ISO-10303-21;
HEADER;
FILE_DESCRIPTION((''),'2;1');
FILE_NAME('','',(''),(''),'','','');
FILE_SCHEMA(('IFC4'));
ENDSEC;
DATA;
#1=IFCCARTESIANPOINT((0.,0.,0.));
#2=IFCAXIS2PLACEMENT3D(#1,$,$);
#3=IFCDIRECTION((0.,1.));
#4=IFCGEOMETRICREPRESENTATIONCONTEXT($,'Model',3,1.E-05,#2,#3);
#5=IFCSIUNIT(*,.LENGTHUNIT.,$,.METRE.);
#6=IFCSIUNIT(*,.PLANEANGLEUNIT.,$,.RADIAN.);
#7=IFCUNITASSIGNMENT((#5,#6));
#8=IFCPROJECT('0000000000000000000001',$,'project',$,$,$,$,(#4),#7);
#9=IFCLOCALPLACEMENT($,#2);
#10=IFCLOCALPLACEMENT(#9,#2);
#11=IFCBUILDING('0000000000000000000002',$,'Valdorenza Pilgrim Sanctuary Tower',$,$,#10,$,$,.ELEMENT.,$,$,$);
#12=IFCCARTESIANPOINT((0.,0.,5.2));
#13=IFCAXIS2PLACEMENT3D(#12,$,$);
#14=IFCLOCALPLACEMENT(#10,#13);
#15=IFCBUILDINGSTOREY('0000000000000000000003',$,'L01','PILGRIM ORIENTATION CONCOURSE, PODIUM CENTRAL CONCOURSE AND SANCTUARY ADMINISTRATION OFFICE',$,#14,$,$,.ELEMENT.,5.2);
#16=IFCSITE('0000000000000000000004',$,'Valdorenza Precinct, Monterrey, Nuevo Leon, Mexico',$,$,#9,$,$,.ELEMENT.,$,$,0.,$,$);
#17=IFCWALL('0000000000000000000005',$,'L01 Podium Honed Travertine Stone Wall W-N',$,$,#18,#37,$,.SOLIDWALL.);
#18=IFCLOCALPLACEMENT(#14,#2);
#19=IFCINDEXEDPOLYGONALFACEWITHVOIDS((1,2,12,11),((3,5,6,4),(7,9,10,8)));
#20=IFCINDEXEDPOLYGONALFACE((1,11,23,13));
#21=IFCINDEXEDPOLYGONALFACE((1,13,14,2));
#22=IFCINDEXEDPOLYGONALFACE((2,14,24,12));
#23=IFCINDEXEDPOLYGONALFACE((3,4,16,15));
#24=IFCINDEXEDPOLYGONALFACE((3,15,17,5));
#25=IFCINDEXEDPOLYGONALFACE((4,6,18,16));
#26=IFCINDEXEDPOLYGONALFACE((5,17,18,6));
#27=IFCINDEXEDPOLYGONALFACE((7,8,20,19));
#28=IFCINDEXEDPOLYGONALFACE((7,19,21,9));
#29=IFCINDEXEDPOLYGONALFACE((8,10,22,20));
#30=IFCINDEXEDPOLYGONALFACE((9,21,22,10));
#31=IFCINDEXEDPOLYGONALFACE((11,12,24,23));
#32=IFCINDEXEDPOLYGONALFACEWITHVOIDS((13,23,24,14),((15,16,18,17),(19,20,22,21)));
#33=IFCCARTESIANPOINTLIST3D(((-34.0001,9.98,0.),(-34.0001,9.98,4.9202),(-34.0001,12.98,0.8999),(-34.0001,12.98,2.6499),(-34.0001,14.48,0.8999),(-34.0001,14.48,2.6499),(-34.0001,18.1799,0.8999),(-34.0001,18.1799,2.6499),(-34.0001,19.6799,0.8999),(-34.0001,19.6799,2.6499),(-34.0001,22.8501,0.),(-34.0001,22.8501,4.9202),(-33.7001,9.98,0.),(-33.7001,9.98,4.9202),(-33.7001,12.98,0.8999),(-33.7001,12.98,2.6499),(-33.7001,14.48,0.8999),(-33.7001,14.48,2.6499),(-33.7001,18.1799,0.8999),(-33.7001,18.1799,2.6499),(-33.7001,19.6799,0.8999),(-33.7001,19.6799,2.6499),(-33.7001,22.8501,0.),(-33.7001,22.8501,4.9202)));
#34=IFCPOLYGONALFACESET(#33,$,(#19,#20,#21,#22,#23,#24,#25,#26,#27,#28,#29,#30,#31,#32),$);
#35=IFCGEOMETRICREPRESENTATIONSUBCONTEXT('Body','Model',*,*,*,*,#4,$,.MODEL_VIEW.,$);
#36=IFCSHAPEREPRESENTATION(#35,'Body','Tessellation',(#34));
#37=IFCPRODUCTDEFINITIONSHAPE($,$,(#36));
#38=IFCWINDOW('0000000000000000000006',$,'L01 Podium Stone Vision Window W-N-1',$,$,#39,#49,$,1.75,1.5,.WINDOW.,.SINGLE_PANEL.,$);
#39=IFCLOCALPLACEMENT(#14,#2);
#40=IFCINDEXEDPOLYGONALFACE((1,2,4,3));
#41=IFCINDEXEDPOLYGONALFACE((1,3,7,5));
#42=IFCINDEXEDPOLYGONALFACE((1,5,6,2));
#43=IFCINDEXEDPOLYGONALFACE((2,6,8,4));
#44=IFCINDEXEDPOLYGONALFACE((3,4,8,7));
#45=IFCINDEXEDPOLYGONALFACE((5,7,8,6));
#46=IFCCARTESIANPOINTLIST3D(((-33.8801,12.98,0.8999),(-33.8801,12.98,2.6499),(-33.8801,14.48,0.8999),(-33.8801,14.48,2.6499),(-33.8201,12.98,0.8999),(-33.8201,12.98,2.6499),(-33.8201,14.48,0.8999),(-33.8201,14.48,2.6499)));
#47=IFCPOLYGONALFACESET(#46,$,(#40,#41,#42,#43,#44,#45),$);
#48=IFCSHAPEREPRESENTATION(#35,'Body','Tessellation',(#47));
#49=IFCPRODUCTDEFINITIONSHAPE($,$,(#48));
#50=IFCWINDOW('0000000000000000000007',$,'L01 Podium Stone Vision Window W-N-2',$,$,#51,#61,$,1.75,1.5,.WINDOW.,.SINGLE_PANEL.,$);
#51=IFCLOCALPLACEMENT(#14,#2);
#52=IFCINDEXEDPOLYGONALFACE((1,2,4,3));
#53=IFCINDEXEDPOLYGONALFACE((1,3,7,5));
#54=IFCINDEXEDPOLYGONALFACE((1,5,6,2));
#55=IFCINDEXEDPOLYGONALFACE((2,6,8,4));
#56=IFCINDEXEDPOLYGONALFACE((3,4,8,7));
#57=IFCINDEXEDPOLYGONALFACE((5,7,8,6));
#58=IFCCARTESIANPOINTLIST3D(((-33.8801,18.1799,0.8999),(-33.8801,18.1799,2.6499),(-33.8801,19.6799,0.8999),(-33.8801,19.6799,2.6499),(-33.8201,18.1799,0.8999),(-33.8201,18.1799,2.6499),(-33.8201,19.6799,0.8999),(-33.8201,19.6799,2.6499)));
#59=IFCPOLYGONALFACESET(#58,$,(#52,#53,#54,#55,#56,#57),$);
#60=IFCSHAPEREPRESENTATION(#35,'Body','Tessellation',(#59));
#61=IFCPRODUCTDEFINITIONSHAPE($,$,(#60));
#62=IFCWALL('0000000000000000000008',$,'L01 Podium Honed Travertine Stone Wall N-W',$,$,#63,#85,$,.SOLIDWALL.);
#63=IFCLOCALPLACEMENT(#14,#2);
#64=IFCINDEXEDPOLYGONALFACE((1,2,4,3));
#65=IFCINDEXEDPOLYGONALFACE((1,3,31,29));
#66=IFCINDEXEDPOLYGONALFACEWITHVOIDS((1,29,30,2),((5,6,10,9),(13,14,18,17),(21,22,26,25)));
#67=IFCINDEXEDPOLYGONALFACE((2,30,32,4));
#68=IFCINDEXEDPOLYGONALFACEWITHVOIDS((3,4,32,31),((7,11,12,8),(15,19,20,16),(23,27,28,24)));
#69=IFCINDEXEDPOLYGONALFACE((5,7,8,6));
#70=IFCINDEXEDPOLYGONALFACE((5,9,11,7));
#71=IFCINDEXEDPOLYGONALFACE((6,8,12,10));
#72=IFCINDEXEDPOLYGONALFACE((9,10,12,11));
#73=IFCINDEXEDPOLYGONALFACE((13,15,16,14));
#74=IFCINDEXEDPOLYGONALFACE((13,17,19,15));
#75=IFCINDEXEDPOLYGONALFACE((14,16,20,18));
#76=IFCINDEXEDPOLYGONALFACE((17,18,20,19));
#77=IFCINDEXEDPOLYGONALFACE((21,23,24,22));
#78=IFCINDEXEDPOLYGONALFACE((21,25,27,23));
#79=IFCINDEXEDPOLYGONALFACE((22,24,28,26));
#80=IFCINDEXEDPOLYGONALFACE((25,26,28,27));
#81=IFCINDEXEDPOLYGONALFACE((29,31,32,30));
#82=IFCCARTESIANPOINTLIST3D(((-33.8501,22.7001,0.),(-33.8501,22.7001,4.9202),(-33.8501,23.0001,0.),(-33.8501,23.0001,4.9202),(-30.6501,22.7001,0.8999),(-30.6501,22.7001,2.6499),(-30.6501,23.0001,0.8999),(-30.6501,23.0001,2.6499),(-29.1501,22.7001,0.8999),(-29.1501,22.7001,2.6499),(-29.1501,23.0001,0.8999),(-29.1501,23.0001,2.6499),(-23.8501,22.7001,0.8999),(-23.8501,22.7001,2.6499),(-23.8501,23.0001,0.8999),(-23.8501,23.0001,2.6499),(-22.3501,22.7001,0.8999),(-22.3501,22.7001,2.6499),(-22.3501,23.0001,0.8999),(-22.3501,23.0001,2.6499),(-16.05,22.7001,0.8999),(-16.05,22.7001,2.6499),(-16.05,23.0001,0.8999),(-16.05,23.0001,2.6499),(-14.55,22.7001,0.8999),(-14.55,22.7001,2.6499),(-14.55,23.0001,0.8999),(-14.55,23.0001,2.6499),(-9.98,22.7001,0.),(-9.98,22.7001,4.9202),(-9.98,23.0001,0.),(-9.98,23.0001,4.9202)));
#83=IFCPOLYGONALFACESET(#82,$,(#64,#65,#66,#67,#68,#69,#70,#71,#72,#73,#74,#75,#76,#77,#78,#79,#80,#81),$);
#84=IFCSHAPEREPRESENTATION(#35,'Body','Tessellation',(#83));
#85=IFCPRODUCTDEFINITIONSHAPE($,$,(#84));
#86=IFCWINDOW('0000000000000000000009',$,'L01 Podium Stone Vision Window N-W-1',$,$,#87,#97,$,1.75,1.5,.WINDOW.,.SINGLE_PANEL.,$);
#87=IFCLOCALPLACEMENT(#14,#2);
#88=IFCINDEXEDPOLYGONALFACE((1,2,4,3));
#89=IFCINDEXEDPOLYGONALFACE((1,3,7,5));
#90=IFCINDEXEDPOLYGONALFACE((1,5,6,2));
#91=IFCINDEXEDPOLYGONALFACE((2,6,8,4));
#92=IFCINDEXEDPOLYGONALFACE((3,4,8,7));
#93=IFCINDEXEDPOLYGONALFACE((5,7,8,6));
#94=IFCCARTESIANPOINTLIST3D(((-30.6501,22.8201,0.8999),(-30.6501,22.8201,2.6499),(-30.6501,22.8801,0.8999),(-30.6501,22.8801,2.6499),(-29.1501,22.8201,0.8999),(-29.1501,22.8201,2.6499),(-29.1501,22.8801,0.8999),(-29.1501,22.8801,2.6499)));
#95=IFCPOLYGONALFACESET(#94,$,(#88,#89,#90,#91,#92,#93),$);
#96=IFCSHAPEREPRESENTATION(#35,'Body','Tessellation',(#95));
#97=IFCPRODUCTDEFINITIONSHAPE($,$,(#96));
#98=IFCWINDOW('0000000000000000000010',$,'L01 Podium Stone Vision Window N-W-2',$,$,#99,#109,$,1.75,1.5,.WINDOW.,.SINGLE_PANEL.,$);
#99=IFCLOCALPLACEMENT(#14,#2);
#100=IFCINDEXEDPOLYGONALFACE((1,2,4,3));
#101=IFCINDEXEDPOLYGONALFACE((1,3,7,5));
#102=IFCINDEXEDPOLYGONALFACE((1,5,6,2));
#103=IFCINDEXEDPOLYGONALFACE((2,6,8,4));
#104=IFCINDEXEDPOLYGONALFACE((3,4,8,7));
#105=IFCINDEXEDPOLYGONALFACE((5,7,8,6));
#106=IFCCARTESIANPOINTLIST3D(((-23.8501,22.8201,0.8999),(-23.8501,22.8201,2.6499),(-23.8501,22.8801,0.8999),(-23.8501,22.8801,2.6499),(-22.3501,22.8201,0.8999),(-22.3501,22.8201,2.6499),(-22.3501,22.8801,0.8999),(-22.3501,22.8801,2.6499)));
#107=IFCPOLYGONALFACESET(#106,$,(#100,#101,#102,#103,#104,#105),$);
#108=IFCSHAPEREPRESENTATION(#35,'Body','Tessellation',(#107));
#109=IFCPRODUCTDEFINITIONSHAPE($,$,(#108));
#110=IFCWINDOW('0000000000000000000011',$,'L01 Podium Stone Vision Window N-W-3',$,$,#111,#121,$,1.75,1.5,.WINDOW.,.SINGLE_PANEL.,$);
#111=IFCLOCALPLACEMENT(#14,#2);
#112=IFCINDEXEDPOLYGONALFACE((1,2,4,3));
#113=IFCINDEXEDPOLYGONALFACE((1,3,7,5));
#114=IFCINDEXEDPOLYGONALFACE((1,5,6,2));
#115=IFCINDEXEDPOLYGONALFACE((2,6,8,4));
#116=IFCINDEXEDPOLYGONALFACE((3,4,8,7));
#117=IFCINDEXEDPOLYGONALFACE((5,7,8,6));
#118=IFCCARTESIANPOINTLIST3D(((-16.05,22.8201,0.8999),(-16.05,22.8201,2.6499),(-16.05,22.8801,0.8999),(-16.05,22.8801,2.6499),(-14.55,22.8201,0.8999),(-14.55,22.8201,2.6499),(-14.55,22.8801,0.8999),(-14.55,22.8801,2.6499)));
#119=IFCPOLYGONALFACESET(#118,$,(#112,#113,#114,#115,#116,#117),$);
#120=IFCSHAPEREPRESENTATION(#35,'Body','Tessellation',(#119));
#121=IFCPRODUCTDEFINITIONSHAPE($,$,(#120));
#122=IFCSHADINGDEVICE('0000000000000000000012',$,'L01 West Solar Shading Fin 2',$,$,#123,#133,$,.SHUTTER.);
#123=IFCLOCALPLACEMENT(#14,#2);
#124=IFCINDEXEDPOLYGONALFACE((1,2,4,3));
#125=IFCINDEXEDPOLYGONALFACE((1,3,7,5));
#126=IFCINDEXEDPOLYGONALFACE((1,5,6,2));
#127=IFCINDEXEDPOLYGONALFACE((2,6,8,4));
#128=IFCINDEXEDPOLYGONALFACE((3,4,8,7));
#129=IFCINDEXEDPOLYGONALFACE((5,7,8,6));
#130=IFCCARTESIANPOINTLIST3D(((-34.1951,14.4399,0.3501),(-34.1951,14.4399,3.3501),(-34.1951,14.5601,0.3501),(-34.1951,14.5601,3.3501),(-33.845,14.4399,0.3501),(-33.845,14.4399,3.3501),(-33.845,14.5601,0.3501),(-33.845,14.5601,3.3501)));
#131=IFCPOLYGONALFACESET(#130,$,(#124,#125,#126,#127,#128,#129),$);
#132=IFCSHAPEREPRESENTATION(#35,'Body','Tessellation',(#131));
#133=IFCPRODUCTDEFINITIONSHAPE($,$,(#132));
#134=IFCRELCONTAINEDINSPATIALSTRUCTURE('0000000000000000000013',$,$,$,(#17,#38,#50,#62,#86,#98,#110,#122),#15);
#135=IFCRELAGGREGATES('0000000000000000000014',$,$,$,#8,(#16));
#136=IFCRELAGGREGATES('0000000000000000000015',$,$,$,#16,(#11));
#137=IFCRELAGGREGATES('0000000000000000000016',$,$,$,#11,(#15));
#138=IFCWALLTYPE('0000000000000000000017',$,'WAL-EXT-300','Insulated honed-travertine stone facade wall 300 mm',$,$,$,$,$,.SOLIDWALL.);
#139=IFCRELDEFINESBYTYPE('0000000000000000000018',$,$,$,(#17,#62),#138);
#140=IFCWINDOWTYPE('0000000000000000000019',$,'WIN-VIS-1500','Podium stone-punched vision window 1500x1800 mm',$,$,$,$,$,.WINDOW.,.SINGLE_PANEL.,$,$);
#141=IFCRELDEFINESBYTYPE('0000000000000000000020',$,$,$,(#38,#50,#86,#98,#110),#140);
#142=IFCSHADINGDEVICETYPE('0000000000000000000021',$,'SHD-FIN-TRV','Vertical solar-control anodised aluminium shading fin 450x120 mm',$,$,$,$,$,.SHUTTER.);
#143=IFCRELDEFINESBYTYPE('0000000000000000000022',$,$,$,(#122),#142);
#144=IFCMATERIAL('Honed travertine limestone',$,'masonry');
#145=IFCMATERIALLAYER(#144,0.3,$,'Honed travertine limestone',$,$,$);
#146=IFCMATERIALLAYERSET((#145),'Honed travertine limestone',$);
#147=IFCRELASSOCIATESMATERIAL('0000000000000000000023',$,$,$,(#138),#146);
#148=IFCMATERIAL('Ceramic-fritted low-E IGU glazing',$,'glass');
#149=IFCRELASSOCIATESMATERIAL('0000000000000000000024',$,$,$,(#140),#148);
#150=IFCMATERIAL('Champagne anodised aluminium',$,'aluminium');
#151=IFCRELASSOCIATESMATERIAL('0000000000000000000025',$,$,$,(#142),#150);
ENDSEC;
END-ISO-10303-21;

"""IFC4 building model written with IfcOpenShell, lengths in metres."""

from ifc_helpers import new_model, si_unit, direction, frame, frame_2d, origin, origin_2d, place, context, subcontext, project, spatial, rectangle, extrude, source, transform, mapped, material, layer, layer_set, type_object, element, fill, save


model = new_model("IFC4")

# Units and contexts
model_context = context("Model", 3, precision=1e-05, world=origin(), true_north=direction((0.0, 1.0)))
body_context = subcontext(model_context, "Body", "Model", "MODEL_VIEW")
ifc_project = project(units=[si_unit("LENGTHUNIT", "METRE"), si_unit("PLANEANGLEUNIT", "RADIAN")], contexts=[model_context])

# Site, building, storey
site_placement = place(None, origin())
site = spatial("IfcSite", under=ifc_project, at=site_placement, Name="Valdorenza Precinct, Monterrey, Nuevo Leon, Mexico", CompositionType="ELEMENT", RefElevation=0.0)
building_placement = place(site_placement, origin())
building = spatial("IfcBuilding", under=site, at=building_placement, Name="Valdorenza Pilgrim Sanctuary Tower", CompositionType="ELEMENT")
storey_placement = place(building_placement, frame((0.0, 0.0, 5.2)))
storey = spatial("IfcBuildingStorey", under=building, at=storey_placement, Name="L01", Description="PILGRIM ORIENTATION CONCOURSE, PODIUM CENTRAL CONCOURSE AND SANCTUARY ADMINISTRATION OFFICE", CompositionType="ELEMENT", Elevation=5.2)

# Walls, openings, windows
ifc_material_1 = material(Name="Honed travertine limestone", Category="masonry")
ifc_layer_1 = layer(ifc_material_1, 0.3, Name="Honed travertine limestone")
ifc_layer_set_1 = layer_set([ifc_layer_1], Name="Honed travertine limestone")
wall_type_1 = type_object("IfcWallType", Name="WAL-EXT-300", Description="Insulated honed-travertine stone facade wall 300 mm", PredefinedType="SOLIDWALL", material=ifc_layer_set_1)
wall_1_placement = place(storey_placement, frame((-33.8501, 9.98, 0.0), z_axis=(0.0, 0.0, 1.0), x_axis=(0.0, 1.0, 0.0)))
wall_1 = element("IfcWall", 1, at=wall_1_placement, inside=storey, type_object=wall_type_1, Name="L01 Podium Honed Travertine Stone Wall W-N", PredefinedType="SOLIDWALL", context=body_context, shape_type="SweptSolid", body=[
    extrude(rectangle(XDim=12.8701, YDim=0.3, at=frame_2d((6.4351, 0.0))), origin(), (0.0, 0.0, 1.0), 4.9202),
])
opening_1_placement = place(wall_1_placement, frame((3.0, 0.0, 0.8999)))
opening_1 = element("IfcOpeningElement", 2, at=opening_1_placement, cuts=wall_1, PredefinedType="OPENING", context=body_context, shape_type="SweptSolid", body=[
    extrude(rectangle(XDim=1.5, YDim=1.75, at=frame_2d((0.75, 0.875))), frame((0.0, 0.165, 0.0), z_axis=(0.0, -1.0, 0.0), x_axis=(1.0, 0.0, 0.0)), (0.0, 0.0, 1.0), 0.3298),
])
opening_2_placement = place(wall_1_placement, frame((8.2, 0.0, 0.8999)))
opening_2 = element("IfcOpeningElement", 3, at=opening_2_placement, cuts=wall_1, PredefinedType="OPENING", context=body_context, shape_type="SweptSolid", body=[
    extrude(rectangle(XDim=1.5, YDim=1.75, at=frame_2d((0.75, 0.875))), frame((0.0, 0.165, 0.0), z_axis=(0.0, -1.0, 0.0), x_axis=(1.0, 0.0, 0.0)), (0.0, 0.0, 1.0), 0.3298),
])
ifc_material_2 = material(Name="Ceramic-fritted low-E IGU glazing", Category="glass")
window_type = type_object("IfcWindowType", Name="WIN-VIS-1500", Description="Podium stone-punched vision window 1500x1800 mm", PartitioningType="SINGLE_PANEL", PredefinedType="WINDOW", material=ifc_material_2)
window_1_placement = place(opening_1_placement, origin())
window_1 = element("IfcWindow", 4, at=window_1_placement, inside=storey, type_object=window_type, Name="L01 Podium Stone Vision Window W-N-1", OverallHeight=1.75, OverallWidth=1.5, PartitioningType="SINGLE_PANEL", PredefinedType="WINDOW", context=body_context, shape_type="SweptSolid", body=[
    extrude(rectangle(XDim=1.5, YDim=1.75, at=frame_2d((0.75, 0.875))), frame((0.0, 0.03, 0.0), z_axis=(0.0, -1.0, 0.0), x_axis=(1.0, 0.0, 0.0)), (0.0, 0.0, 1.0), 0.0601),
])
fill(opening_1, window_1)
window_2_placement = place(opening_2_placement, origin())
window_2 = element("IfcWindow", 5, at=window_2_placement, inside=storey, type_object=window_type, Name="L01 Podium Stone Vision Window W-N-2", OverallHeight=1.75, OverallWidth=1.5, PartitioningType="SINGLE_PANEL", PredefinedType="WINDOW", context=body_context, shape_type="SweptSolid", body=[
    extrude(rectangle(XDim=1.5, YDim=1.75, at=frame_2d((0.75, 0.875))), frame((0.0, 0.03, 0.0), z_axis=(0.0, -1.0, 0.0), x_axis=(1.0, 0.0, 0.0)), (0.0, 0.0, 1.0), 0.0601),
])
fill(opening_2, window_2)
wall_2_placement = place(storey_placement, frame((-33.8501, 22.8501, 0.0), z_axis=(0.0, 0.0, 1.0), x_axis=(1.0, 0.0, 0.0)))
wall_2 = element("IfcWall", 6, at=wall_2_placement, inside=storey, type_object=wall_type_1, Name="L01 Podium Honed Travertine Stone Wall N-W", PredefinedType="SOLIDWALL", context=body_context, shape_type="SweptSolid", body=[
    extrude(rectangle(XDim=23.8701, YDim=0.3, at=frame_2d((11.9351, 0.0))), origin(), (0.0, 0.0, 1.0), 4.9202),
])
opening_3_placement = place(wall_2_placement, frame((3.2, 0.0, 0.8999)))
opening_3 = element("IfcOpeningElement", 7, at=opening_3_placement, cuts=wall_2, PredefinedType="OPENING", context=body_context, shape_type="SweptSolid", body=[
    extrude(rectangle(XDim=1.5, YDim=1.75, at=frame_2d((0.75, 0.875))), frame((0.0, 0.165, 0.0), z_axis=(0.0, -1.0, 0.0), x_axis=(1.0, 0.0, 0.0)), (0.0, 0.0, 1.0), 0.3298),
])
opening_4_placement = place(wall_2_placement, frame((10.0, 0.0, 0.8999)))
opening_4 = element("IfcOpeningElement", 8, at=opening_4_placement, cuts=wall_2, PredefinedType="OPENING", context=body_context, shape_type="SweptSolid", body=[
    extrude(rectangle(XDim=1.5, YDim=1.75, at=frame_2d((0.75, 0.875))), frame((0.0, 0.165, 0.0), z_axis=(0.0, -1.0, 0.0), x_axis=(1.0, 0.0, 0.0)), (0.0, 0.0, 1.0), 0.3298),
])
opening_5_placement = place(wall_2_placement, frame((17.8, 0.0, 0.8999)))
opening_5 = element("IfcOpeningElement", 9, at=opening_5_placement, cuts=wall_2, PredefinedType="OPENING", context=body_context, shape_type="SweptSolid", body=[
    extrude(rectangle(XDim=1.5, YDim=1.75, at=frame_2d((0.75, 0.875))), frame((0.0, 0.165, 0.0), z_axis=(0.0, -1.0, 0.0), x_axis=(1.0, 0.0, 0.0)), (0.0, 0.0, 1.0), 0.3298),
])
window_3_placement = place(opening_3_placement, origin())
window_3 = element("IfcWindow", 10, at=window_3_placement, inside=storey, type_object=window_type, Name="L01 Podium Stone Vision Window N-W-1", OverallHeight=1.75, OverallWidth=1.5, PartitioningType="SINGLE_PANEL", PredefinedType="WINDOW", context=body_context, shape_type="SweptSolid", body=[
    extrude(rectangle(XDim=1.5, YDim=1.75, at=frame_2d((0.75, 0.875))), frame((0.0, 0.03, 0.0), z_axis=(0.0, -1.0, 0.0), x_axis=(1.0, 0.0, 0.0)), (0.0, 0.0, 1.0), 0.0601),
])
fill(opening_3, window_3)
window_4_placement = place(opening_4_placement, origin())
window_4 = element("IfcWindow", 11, at=window_4_placement, inside=storey, type_object=window_type, Name="L01 Podium Stone Vision Window N-W-2", OverallHeight=1.75, OverallWidth=1.5, PartitioningType="SINGLE_PANEL", PredefinedType="WINDOW", context=body_context, shape_type="SweptSolid", body=[
    extrude(rectangle(XDim=1.5, YDim=1.75, at=frame_2d((0.75, 0.875))), frame((0.0, 0.03, 0.0), z_axis=(0.0, -1.0, 0.0), x_axis=(1.0, 0.0, 0.0)), (0.0, 0.0, 1.0), 0.0601),
])
fill(opening_4, window_4)
window_5_placement = place(opening_5_placement, origin())
window_5 = element("IfcWindow", 12, at=window_5_placement, inside=storey, type_object=window_type, Name="L01 Podium Stone Vision Window N-W-3", OverallHeight=1.75, OverallWidth=1.5, PartitioningType="SINGLE_PANEL", PredefinedType="WINDOW", context=body_context, shape_type="SweptSolid", body=[
    extrude(rectangle(XDim=1.5, YDim=1.75, at=frame_2d((0.75, 0.875))), frame((0.0, 0.03, 0.0), z_axis=(0.0, -1.0, 0.0), x_axis=(1.0, 0.0, 0.0)), (0.0, 0.0, 1.0), 0.0601),
])
fill(opening_5, window_5)

# Shading device
ifc_material_3 = material(Name="Champagne anodised aluminium", Category="aluminium")
shading_device_type = type_object("IfcShadingDeviceType", Name="SHD-FIN-TRV", Description="Vertical solar-control anodised aluminium shading fin 450x120 mm", PredefinedType="SHUTTER", material=ifc_material_3)
shared_shape_1 = source(origin(), body_context, "Body", "SweptSolid", [
    extrude(rectangle(XDim=0.3501, YDim=0.1201, at=origin_2d()), origin(), (0.0, 0.0, 1.0), 3.0),
])
shading_device_placement = place(storey_placement, frame((-34.02, 14.5, 0.3501), z_axis=(0.0, 0.0, 1.0), x_axis=(1.0, 0.0, 0.0)))
element("IfcShadingDevice", 13, at=shading_device_placement, inside=storey, type_object=shading_device_type, Name="L01 West Solar Shading Fin 2", PredefinedType="SHUTTER", context=body_context, shape_type="MappedRepresentation", body=[
    mapped(shared_shape_1, transform((0.0, 0.0, 0.0), x_axis=(1.0, 0.0, 0.0), y_axis=(0.0, 1.0, 0.0), z_axis=(0.0, 0.0, 1.0), scale=1.0)),
])

save(model, "model.ifc")
